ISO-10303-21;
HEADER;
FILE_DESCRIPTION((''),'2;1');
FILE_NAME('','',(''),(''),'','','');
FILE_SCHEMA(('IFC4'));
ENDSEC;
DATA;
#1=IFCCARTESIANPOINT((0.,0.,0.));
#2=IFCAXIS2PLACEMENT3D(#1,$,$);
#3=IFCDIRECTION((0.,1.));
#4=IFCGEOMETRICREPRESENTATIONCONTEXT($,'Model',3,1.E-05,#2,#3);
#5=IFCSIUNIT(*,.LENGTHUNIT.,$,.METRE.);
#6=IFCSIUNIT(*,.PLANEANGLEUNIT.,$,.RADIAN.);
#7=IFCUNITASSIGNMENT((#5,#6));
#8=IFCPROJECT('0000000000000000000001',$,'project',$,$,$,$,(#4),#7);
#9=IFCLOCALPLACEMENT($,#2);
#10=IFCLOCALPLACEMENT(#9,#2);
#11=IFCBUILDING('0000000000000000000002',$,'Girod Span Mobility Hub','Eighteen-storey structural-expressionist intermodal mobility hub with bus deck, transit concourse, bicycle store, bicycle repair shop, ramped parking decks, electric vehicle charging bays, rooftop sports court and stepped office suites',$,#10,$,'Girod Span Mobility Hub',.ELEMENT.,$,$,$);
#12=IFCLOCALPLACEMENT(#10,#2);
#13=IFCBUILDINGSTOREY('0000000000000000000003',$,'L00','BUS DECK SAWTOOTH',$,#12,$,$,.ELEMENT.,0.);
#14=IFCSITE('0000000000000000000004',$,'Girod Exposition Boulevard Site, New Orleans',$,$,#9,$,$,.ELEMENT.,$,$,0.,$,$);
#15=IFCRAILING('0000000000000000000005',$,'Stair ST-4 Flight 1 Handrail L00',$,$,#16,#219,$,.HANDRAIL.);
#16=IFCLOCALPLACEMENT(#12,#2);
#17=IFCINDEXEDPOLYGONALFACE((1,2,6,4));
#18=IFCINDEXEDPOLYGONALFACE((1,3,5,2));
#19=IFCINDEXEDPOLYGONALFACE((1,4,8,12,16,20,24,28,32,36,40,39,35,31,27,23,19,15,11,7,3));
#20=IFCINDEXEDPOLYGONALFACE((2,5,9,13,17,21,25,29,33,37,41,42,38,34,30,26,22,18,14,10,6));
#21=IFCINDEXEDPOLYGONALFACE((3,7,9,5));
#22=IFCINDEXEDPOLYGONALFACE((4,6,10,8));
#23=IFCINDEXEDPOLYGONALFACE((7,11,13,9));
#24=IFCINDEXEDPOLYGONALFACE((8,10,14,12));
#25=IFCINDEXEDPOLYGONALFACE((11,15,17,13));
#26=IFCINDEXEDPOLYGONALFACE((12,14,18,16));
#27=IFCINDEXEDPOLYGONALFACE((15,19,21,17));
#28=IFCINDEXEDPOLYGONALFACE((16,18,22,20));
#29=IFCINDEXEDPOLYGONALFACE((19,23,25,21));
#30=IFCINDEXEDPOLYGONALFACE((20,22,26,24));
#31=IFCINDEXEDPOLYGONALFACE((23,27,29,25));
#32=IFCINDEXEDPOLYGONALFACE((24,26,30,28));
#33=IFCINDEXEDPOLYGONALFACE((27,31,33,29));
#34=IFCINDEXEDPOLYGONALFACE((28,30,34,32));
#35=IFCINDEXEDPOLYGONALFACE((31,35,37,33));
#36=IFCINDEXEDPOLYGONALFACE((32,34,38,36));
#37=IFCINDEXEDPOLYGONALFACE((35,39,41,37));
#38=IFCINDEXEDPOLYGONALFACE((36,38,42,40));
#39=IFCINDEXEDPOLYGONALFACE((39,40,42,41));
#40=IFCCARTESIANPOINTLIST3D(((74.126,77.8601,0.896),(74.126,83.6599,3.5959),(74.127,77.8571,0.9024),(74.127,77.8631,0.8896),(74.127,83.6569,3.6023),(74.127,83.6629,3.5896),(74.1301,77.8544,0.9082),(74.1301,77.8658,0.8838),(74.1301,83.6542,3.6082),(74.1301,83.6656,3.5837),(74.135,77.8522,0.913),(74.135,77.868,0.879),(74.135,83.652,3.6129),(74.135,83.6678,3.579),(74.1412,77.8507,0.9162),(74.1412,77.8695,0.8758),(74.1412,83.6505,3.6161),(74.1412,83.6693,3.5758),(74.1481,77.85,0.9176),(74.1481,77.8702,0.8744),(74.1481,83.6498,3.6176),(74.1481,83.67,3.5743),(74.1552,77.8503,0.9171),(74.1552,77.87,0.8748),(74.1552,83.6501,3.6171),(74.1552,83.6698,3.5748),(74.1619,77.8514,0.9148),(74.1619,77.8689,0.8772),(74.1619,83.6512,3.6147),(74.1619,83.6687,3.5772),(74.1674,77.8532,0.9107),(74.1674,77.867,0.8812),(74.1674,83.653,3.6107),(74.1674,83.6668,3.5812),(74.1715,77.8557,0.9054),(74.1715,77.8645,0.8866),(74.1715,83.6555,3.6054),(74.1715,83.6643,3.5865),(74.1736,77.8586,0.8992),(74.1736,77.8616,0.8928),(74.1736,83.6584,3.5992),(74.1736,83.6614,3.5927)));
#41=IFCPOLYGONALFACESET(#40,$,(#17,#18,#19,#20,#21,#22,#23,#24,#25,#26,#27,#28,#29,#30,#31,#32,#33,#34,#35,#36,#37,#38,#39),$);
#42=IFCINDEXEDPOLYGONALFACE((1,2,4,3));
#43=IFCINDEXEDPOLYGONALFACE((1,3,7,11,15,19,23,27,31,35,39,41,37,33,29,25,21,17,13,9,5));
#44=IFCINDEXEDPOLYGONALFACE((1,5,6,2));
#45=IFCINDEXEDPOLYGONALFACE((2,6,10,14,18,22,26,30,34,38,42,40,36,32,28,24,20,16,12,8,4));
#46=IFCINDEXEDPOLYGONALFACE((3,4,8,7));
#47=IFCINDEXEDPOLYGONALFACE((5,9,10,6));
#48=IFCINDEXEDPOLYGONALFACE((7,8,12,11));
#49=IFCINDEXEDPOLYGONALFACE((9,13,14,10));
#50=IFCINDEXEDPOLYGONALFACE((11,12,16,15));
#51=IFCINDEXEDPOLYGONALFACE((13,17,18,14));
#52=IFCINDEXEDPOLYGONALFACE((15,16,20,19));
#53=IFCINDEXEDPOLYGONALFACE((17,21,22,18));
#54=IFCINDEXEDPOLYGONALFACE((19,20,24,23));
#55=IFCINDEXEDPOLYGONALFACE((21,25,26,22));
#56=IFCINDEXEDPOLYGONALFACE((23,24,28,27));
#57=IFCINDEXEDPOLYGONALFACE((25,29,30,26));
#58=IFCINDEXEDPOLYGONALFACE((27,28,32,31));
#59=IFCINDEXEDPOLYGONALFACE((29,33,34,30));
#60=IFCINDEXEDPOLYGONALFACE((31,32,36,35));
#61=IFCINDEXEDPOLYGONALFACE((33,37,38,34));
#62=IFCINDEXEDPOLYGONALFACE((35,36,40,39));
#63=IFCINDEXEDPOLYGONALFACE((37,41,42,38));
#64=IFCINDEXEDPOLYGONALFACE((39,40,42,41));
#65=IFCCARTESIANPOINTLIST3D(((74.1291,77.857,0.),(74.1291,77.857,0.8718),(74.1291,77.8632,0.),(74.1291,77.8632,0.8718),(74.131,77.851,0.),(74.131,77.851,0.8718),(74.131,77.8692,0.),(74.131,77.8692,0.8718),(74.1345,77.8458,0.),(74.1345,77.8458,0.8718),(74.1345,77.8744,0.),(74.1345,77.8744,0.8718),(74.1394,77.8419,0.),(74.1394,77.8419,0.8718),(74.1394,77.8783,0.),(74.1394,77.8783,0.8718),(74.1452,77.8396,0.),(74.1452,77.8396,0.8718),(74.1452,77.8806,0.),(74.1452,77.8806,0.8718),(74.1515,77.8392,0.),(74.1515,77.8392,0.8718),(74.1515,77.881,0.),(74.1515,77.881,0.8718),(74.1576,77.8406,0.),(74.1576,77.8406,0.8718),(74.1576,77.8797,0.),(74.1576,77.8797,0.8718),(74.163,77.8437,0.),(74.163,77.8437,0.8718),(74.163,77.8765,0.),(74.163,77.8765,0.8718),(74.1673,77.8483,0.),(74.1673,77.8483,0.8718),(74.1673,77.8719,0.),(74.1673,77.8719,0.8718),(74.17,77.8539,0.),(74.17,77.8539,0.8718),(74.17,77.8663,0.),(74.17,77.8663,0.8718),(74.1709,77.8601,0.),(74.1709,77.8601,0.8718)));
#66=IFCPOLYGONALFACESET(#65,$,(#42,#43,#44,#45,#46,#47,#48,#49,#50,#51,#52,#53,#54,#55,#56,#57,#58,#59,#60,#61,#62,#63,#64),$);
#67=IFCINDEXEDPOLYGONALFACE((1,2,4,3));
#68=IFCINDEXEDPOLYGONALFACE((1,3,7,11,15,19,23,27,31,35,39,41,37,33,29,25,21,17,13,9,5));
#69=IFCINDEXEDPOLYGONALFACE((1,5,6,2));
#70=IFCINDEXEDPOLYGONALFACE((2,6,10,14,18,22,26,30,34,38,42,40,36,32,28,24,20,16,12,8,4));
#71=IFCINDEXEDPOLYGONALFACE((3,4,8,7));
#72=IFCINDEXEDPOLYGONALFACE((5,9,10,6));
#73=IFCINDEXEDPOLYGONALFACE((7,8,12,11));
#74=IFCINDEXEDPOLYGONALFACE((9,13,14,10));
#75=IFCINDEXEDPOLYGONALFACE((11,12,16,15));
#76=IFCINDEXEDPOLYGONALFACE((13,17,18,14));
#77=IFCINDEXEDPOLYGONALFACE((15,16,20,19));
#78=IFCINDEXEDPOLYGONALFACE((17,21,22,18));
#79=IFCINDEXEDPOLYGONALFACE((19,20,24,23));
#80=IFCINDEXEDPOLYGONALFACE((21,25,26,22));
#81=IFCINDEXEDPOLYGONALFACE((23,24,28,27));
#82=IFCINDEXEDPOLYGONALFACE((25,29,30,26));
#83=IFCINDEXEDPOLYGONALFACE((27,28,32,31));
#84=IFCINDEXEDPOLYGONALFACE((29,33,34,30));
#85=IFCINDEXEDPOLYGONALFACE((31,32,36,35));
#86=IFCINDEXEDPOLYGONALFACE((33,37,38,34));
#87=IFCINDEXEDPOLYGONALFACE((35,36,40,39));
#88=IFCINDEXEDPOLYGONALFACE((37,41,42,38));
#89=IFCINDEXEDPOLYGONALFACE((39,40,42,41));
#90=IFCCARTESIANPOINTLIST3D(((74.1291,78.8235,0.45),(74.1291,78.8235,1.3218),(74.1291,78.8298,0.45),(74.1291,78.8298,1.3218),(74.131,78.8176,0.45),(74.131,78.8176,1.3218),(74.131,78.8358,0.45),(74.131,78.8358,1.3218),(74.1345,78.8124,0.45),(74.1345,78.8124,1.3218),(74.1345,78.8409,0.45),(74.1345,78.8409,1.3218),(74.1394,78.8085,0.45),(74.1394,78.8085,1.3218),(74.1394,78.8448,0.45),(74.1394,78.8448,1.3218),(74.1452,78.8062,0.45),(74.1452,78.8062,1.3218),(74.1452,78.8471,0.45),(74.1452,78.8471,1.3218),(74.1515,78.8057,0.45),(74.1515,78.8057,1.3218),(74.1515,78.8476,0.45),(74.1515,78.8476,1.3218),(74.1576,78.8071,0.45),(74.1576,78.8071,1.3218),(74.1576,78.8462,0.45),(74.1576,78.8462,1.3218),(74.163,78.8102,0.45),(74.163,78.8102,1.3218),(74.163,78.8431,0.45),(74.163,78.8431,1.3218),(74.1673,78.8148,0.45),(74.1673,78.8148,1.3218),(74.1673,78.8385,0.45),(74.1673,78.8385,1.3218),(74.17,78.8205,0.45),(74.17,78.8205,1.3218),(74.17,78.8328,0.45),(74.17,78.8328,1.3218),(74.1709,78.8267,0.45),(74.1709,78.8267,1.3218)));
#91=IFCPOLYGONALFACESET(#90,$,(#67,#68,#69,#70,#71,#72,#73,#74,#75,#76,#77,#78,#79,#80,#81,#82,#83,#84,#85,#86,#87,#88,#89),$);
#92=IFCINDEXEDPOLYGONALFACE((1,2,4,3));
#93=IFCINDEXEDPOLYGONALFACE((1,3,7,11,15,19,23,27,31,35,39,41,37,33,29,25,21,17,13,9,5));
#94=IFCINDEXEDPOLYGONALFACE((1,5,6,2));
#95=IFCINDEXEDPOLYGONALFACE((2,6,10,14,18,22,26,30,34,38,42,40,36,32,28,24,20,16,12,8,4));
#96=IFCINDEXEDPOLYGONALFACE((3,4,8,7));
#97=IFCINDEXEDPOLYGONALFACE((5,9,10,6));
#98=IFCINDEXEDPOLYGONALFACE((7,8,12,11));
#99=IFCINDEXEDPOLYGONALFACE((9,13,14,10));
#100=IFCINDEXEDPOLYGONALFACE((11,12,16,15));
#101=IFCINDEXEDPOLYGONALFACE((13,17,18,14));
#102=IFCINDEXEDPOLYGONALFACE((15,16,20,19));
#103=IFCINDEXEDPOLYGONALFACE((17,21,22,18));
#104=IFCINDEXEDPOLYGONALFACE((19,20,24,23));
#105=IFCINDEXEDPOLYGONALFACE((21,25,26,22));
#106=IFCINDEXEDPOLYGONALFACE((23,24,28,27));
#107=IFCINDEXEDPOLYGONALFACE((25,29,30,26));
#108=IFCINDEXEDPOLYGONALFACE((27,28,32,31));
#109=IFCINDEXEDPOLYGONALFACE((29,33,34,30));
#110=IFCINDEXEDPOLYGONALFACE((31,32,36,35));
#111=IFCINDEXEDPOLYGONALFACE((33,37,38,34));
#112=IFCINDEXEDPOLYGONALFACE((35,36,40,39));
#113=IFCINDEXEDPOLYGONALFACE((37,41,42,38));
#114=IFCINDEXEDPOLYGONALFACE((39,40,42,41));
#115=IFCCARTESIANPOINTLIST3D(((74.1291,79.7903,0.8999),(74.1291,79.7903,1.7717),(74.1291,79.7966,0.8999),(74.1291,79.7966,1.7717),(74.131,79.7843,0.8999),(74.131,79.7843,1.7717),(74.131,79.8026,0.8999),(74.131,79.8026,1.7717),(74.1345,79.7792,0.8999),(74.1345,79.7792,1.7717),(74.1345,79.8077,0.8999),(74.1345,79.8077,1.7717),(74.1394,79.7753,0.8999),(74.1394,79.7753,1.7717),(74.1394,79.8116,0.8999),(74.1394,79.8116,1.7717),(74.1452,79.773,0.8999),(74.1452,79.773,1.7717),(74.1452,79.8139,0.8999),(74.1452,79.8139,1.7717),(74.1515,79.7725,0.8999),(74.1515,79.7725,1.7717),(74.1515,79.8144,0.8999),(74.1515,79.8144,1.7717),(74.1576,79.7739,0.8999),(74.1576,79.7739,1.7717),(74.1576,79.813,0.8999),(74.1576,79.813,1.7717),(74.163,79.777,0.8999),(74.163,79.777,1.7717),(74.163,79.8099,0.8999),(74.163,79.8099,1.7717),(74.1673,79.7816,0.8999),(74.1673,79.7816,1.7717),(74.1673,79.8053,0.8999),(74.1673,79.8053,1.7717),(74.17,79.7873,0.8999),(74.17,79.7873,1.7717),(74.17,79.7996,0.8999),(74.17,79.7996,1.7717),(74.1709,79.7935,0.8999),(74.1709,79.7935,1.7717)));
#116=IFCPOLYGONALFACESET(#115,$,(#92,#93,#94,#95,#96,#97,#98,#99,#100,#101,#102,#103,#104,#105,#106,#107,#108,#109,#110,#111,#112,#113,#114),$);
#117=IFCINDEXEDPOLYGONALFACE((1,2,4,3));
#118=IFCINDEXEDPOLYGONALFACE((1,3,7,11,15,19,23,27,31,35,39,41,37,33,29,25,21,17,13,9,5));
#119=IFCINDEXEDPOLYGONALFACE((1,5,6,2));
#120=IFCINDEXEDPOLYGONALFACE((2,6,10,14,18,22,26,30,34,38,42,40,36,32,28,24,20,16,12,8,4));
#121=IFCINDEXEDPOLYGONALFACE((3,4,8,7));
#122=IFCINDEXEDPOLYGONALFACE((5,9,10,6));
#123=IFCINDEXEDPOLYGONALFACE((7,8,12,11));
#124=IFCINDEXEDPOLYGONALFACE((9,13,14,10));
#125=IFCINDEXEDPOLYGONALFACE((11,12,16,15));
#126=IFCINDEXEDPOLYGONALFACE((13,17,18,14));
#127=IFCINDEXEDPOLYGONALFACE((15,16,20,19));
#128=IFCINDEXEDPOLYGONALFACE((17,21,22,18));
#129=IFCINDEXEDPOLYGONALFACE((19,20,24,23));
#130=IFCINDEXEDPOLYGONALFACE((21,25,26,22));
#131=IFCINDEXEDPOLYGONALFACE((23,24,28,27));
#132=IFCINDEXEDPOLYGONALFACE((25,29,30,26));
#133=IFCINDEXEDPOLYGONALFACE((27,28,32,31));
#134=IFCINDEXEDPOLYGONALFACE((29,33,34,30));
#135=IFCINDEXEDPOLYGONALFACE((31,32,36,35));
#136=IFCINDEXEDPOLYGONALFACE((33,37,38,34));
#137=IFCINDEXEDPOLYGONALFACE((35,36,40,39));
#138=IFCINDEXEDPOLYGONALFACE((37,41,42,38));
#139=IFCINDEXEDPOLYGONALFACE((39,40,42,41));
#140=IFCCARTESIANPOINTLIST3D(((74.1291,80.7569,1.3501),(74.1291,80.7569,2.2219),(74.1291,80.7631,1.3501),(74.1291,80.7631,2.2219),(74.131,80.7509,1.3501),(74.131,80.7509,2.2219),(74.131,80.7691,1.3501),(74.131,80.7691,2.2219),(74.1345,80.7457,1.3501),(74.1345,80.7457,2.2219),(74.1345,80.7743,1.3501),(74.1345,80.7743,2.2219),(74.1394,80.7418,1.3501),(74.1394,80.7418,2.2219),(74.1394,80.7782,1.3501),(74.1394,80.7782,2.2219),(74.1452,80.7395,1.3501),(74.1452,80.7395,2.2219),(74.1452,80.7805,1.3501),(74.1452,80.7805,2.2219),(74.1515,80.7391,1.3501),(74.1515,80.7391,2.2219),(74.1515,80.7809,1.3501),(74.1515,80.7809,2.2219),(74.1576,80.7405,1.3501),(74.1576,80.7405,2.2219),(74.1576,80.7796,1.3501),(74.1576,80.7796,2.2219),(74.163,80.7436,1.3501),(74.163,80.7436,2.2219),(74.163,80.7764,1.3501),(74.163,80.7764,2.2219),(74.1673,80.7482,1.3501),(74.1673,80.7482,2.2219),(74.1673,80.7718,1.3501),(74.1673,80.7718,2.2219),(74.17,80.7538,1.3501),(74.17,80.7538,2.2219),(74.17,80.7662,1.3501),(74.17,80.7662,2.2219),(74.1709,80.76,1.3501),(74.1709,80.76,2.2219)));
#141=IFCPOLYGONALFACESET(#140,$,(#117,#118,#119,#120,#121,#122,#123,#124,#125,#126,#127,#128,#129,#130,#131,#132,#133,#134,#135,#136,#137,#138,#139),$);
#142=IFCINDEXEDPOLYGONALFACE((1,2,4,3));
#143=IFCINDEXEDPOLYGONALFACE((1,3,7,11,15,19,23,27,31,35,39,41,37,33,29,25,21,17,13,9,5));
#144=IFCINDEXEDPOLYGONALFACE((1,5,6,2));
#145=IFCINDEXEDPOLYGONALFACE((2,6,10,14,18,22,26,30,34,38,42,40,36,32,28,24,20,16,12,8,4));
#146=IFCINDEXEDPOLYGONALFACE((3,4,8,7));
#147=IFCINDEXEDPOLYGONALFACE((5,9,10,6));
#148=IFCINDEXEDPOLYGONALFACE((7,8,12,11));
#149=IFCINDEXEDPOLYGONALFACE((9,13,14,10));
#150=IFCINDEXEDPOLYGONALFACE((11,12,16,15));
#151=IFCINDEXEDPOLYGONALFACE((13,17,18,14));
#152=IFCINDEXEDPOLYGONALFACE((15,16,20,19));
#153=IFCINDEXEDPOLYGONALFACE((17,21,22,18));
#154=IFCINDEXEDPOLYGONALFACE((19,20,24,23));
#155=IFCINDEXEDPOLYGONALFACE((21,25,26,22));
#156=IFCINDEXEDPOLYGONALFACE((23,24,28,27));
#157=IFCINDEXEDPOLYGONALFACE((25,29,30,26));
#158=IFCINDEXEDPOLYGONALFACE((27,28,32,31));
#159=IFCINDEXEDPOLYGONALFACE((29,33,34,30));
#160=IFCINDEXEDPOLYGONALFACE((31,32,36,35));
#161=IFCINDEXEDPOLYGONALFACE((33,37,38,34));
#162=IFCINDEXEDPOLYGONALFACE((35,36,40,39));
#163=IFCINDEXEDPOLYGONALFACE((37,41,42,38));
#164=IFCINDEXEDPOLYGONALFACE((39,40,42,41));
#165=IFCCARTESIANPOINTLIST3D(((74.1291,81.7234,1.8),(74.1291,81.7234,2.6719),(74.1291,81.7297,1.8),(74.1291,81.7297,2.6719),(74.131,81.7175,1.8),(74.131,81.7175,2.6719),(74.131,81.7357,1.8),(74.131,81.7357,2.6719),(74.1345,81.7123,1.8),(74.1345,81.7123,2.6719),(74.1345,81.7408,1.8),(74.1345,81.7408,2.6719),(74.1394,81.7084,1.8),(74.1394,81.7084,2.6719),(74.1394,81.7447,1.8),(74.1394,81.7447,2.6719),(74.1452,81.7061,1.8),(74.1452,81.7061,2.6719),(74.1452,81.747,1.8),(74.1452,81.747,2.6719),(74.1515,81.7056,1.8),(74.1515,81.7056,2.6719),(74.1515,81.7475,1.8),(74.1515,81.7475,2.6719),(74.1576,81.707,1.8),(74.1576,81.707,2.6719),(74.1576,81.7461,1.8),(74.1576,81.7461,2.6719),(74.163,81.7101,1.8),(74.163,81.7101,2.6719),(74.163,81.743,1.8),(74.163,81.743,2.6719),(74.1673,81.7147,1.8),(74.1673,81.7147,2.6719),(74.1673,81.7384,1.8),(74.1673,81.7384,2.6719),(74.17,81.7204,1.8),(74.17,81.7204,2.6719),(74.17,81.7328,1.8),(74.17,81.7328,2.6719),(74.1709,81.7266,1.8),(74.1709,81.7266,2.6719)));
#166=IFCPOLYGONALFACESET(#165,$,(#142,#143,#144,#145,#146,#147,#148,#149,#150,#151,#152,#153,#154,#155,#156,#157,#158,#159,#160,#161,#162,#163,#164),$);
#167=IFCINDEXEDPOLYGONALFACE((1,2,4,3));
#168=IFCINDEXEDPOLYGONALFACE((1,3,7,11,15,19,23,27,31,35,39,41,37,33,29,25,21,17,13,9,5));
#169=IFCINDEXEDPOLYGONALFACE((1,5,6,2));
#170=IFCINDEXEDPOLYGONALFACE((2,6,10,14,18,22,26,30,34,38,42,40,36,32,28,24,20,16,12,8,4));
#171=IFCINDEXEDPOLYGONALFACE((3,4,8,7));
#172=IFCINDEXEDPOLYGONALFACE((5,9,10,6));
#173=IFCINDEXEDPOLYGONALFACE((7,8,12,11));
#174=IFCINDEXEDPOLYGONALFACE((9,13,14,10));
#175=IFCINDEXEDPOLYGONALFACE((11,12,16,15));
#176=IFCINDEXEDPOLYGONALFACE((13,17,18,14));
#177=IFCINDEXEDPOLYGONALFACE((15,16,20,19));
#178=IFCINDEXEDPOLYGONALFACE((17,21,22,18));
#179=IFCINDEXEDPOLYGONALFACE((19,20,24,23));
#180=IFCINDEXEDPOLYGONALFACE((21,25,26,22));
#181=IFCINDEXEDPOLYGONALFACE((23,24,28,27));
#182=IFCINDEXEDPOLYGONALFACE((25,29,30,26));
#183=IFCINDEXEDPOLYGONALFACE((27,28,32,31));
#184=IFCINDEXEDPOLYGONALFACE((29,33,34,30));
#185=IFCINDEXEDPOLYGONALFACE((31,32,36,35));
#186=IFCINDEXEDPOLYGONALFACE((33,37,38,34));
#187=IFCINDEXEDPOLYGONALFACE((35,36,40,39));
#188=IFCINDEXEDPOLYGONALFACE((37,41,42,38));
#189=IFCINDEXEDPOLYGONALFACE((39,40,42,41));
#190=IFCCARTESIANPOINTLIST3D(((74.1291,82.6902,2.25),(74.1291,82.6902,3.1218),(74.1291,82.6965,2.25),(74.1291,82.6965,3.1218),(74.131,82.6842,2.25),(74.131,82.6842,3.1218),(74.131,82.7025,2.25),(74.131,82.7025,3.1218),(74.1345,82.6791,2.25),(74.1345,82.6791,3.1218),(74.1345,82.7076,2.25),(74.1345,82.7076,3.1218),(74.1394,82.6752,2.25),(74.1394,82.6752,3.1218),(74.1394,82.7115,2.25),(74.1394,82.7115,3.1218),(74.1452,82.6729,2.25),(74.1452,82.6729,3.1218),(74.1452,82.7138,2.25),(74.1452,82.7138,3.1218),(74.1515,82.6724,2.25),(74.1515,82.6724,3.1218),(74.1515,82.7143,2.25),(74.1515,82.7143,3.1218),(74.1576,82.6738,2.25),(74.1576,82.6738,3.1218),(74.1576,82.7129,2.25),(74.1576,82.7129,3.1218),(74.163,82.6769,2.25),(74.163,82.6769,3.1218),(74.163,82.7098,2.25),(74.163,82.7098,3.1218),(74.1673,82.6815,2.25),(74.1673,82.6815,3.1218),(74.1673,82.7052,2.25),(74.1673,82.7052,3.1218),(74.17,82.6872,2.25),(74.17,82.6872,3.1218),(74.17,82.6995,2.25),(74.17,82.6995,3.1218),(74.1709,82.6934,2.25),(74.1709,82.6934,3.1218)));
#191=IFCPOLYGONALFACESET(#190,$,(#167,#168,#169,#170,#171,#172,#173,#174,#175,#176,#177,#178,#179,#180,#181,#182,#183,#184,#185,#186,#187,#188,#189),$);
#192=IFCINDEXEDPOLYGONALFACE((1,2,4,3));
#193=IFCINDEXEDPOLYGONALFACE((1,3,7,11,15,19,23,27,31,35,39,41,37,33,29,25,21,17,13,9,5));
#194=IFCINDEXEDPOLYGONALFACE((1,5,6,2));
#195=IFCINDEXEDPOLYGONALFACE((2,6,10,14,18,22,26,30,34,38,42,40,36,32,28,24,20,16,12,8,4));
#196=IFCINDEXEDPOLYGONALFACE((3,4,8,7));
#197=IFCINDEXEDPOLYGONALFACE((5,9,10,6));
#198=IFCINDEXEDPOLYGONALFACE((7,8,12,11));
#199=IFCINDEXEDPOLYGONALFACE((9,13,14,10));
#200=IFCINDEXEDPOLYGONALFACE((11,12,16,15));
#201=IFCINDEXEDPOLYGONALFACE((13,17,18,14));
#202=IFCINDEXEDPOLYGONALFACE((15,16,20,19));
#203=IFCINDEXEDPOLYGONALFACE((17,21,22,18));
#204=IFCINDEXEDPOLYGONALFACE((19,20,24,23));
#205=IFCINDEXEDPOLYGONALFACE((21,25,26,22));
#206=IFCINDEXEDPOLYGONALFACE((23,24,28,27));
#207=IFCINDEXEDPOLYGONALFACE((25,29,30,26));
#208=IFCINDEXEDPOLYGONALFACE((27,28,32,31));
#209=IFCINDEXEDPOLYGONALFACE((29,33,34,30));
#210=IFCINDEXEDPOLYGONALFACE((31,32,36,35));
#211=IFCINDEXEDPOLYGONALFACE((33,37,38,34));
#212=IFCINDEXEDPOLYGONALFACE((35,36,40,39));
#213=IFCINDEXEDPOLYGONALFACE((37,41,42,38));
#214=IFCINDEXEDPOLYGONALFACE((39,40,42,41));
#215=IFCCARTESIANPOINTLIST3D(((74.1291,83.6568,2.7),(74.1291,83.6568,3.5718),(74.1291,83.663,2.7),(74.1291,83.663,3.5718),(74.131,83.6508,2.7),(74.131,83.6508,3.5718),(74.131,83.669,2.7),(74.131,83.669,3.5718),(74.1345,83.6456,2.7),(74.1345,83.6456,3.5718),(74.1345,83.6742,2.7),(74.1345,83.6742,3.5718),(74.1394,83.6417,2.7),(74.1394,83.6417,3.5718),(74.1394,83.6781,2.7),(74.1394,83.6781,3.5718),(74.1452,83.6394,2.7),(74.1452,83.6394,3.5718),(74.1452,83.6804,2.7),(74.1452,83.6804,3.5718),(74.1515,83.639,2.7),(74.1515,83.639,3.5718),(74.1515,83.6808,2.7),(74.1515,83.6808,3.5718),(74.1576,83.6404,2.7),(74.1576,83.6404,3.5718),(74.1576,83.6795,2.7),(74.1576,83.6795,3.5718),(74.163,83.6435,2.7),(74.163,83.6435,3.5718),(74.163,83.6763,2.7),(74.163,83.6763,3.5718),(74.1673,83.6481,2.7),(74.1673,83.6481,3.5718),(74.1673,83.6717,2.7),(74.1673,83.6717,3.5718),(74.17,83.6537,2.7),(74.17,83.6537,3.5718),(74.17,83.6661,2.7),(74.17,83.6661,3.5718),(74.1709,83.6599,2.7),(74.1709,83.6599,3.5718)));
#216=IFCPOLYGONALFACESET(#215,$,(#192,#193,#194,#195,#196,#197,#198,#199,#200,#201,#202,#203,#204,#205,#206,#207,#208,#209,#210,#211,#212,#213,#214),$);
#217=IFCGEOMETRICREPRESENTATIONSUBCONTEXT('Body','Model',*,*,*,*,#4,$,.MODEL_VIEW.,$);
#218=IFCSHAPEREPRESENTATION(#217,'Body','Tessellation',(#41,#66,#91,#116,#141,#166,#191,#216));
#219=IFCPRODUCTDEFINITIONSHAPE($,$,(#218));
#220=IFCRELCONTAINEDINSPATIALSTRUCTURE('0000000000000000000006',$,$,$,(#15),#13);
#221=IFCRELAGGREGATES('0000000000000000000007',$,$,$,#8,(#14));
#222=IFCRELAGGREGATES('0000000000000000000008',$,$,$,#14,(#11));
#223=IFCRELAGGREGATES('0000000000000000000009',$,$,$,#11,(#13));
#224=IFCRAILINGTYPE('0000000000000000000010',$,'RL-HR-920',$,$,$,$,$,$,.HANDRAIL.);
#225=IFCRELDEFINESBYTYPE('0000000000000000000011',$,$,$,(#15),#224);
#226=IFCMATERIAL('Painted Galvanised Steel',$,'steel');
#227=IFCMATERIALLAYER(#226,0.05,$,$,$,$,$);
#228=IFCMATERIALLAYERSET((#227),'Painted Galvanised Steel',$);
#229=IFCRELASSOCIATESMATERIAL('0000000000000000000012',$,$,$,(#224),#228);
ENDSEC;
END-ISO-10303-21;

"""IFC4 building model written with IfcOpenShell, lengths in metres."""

from ifc_helpers import new_model, si_unit, direction, frame, origin, origin_2d, place, context, subcontext, project, spatial, circle, extrude, material, layer, layer_set, type_object, element, save


model = new_model("IFC4")

# Units and contexts
model_context = context("Model", 3, precision=1e-05, world=origin(), true_north=direction((0.0, 1.0)))
body_context = subcontext(model_context, "Body", "Model", "MODEL_VIEW")
ifc_project = project(units=[si_unit("LENGTHUNIT", "METRE"), si_unit("PLANEANGLEUNIT", "RADIAN")], contexts=[model_context])

# Site, building, storey
site_placement = place(None, origin())
site = spatial("IfcSite", under=ifc_project, at=site_placement, Name="Girod Exposition Boulevard Site, New Orleans", CompositionType="ELEMENT", RefElevation=0.0)
building_placement = place(site_placement, origin())
building = spatial("IfcBuilding", under=site, at=building_placement, Name="Girod Span Mobility Hub", Description="Eighteen-storey structural-expressionist intermodal mobility hub with bus deck, transit concourse, bicycle store, bicycle repair shop, ramped parking decks, electric vehicle charging bays, rooftop sports court and stepped office suites", LongName="Girod Span Mobility Hub", CompositionType="ELEMENT")
storey_placement = place(building_placement, origin())
storey = spatial("IfcBuildingStorey", under=building, at=storey_placement, Name="L00", Description="BUS DECK SAWTOOTH", CompositionType="ELEMENT", Elevation=0.0)

# Railing
ifc_material_1 = material(Name="Painted Galvanised Steel", Category="steel")
ifc_layer_1 = layer(ifc_material_1, 0.05)
ifc_layer_set_1 = layer_set([ifc_layer_1], Name="Painted Galvanised Steel")
railing_type_1 = type_object("IfcRailingType", Name="RL-HR-920", PredefinedType="HANDRAIL", material=ifc_layer_set_1)
railing_1_placement = place(storey_placement, frame((74.1499, 77.8601, 0.0)))
element("IfcRailing", 1, at=railing_1_placement, inside=storey, type_object=railing_type_1, Name="Stair ST-4 Flight 1 Handrail L00", PredefinedType="HANDRAIL", context=body_context, shape_type="SweptSolid", body=[
    extrude(circle(Radius=0.0239, at=origin_2d()), frame((0.0, 0.0, 0.896), z_axis=(0.0, 0.90658, 0.422035), x_axis=(-1.0, 0.0, 0.0)), (0.0, 0.0, 1.0), 6.3975),
    extrude(circle(Radius=0.021, at=origin_2d()), origin(), (0.0, 0.0, 1.0), 0.8718),
    extrude(circle(Radius=0.021, at=origin_2d()), frame((0.0, 0.9666, 0.45)), (0.0, 0.0, 1.0), 0.8718),
    extrude(circle(Radius=0.021, at=origin_2d()), frame((0.0, 1.9333, 0.8999)), (0.0, 0.0, 1.0), 0.8718),
    extrude(circle(Radius=0.021, at=origin_2d()), frame((0.0, 2.8999, 1.3501)), (0.0, 0.0, 1.0), 0.8718),
    extrude(circle(Radius=0.021, at=origin_2d()), frame((0.0, 3.8665, 1.8)), (0.0, 0.0, 1.0), 0.8718),
    extrude(circle(Radius=0.021, at=origin_2d()), frame((0.0, 4.8333, 2.25)), (0.0, 0.0, 1.0), 0.8718),
    extrude(circle(Radius=0.021, at=origin_2d()), frame((0.0, 5.7998, 2.7)), (0.0, 0.0, 1.0), 0.8718),
])

save(model, "model.ifc")
